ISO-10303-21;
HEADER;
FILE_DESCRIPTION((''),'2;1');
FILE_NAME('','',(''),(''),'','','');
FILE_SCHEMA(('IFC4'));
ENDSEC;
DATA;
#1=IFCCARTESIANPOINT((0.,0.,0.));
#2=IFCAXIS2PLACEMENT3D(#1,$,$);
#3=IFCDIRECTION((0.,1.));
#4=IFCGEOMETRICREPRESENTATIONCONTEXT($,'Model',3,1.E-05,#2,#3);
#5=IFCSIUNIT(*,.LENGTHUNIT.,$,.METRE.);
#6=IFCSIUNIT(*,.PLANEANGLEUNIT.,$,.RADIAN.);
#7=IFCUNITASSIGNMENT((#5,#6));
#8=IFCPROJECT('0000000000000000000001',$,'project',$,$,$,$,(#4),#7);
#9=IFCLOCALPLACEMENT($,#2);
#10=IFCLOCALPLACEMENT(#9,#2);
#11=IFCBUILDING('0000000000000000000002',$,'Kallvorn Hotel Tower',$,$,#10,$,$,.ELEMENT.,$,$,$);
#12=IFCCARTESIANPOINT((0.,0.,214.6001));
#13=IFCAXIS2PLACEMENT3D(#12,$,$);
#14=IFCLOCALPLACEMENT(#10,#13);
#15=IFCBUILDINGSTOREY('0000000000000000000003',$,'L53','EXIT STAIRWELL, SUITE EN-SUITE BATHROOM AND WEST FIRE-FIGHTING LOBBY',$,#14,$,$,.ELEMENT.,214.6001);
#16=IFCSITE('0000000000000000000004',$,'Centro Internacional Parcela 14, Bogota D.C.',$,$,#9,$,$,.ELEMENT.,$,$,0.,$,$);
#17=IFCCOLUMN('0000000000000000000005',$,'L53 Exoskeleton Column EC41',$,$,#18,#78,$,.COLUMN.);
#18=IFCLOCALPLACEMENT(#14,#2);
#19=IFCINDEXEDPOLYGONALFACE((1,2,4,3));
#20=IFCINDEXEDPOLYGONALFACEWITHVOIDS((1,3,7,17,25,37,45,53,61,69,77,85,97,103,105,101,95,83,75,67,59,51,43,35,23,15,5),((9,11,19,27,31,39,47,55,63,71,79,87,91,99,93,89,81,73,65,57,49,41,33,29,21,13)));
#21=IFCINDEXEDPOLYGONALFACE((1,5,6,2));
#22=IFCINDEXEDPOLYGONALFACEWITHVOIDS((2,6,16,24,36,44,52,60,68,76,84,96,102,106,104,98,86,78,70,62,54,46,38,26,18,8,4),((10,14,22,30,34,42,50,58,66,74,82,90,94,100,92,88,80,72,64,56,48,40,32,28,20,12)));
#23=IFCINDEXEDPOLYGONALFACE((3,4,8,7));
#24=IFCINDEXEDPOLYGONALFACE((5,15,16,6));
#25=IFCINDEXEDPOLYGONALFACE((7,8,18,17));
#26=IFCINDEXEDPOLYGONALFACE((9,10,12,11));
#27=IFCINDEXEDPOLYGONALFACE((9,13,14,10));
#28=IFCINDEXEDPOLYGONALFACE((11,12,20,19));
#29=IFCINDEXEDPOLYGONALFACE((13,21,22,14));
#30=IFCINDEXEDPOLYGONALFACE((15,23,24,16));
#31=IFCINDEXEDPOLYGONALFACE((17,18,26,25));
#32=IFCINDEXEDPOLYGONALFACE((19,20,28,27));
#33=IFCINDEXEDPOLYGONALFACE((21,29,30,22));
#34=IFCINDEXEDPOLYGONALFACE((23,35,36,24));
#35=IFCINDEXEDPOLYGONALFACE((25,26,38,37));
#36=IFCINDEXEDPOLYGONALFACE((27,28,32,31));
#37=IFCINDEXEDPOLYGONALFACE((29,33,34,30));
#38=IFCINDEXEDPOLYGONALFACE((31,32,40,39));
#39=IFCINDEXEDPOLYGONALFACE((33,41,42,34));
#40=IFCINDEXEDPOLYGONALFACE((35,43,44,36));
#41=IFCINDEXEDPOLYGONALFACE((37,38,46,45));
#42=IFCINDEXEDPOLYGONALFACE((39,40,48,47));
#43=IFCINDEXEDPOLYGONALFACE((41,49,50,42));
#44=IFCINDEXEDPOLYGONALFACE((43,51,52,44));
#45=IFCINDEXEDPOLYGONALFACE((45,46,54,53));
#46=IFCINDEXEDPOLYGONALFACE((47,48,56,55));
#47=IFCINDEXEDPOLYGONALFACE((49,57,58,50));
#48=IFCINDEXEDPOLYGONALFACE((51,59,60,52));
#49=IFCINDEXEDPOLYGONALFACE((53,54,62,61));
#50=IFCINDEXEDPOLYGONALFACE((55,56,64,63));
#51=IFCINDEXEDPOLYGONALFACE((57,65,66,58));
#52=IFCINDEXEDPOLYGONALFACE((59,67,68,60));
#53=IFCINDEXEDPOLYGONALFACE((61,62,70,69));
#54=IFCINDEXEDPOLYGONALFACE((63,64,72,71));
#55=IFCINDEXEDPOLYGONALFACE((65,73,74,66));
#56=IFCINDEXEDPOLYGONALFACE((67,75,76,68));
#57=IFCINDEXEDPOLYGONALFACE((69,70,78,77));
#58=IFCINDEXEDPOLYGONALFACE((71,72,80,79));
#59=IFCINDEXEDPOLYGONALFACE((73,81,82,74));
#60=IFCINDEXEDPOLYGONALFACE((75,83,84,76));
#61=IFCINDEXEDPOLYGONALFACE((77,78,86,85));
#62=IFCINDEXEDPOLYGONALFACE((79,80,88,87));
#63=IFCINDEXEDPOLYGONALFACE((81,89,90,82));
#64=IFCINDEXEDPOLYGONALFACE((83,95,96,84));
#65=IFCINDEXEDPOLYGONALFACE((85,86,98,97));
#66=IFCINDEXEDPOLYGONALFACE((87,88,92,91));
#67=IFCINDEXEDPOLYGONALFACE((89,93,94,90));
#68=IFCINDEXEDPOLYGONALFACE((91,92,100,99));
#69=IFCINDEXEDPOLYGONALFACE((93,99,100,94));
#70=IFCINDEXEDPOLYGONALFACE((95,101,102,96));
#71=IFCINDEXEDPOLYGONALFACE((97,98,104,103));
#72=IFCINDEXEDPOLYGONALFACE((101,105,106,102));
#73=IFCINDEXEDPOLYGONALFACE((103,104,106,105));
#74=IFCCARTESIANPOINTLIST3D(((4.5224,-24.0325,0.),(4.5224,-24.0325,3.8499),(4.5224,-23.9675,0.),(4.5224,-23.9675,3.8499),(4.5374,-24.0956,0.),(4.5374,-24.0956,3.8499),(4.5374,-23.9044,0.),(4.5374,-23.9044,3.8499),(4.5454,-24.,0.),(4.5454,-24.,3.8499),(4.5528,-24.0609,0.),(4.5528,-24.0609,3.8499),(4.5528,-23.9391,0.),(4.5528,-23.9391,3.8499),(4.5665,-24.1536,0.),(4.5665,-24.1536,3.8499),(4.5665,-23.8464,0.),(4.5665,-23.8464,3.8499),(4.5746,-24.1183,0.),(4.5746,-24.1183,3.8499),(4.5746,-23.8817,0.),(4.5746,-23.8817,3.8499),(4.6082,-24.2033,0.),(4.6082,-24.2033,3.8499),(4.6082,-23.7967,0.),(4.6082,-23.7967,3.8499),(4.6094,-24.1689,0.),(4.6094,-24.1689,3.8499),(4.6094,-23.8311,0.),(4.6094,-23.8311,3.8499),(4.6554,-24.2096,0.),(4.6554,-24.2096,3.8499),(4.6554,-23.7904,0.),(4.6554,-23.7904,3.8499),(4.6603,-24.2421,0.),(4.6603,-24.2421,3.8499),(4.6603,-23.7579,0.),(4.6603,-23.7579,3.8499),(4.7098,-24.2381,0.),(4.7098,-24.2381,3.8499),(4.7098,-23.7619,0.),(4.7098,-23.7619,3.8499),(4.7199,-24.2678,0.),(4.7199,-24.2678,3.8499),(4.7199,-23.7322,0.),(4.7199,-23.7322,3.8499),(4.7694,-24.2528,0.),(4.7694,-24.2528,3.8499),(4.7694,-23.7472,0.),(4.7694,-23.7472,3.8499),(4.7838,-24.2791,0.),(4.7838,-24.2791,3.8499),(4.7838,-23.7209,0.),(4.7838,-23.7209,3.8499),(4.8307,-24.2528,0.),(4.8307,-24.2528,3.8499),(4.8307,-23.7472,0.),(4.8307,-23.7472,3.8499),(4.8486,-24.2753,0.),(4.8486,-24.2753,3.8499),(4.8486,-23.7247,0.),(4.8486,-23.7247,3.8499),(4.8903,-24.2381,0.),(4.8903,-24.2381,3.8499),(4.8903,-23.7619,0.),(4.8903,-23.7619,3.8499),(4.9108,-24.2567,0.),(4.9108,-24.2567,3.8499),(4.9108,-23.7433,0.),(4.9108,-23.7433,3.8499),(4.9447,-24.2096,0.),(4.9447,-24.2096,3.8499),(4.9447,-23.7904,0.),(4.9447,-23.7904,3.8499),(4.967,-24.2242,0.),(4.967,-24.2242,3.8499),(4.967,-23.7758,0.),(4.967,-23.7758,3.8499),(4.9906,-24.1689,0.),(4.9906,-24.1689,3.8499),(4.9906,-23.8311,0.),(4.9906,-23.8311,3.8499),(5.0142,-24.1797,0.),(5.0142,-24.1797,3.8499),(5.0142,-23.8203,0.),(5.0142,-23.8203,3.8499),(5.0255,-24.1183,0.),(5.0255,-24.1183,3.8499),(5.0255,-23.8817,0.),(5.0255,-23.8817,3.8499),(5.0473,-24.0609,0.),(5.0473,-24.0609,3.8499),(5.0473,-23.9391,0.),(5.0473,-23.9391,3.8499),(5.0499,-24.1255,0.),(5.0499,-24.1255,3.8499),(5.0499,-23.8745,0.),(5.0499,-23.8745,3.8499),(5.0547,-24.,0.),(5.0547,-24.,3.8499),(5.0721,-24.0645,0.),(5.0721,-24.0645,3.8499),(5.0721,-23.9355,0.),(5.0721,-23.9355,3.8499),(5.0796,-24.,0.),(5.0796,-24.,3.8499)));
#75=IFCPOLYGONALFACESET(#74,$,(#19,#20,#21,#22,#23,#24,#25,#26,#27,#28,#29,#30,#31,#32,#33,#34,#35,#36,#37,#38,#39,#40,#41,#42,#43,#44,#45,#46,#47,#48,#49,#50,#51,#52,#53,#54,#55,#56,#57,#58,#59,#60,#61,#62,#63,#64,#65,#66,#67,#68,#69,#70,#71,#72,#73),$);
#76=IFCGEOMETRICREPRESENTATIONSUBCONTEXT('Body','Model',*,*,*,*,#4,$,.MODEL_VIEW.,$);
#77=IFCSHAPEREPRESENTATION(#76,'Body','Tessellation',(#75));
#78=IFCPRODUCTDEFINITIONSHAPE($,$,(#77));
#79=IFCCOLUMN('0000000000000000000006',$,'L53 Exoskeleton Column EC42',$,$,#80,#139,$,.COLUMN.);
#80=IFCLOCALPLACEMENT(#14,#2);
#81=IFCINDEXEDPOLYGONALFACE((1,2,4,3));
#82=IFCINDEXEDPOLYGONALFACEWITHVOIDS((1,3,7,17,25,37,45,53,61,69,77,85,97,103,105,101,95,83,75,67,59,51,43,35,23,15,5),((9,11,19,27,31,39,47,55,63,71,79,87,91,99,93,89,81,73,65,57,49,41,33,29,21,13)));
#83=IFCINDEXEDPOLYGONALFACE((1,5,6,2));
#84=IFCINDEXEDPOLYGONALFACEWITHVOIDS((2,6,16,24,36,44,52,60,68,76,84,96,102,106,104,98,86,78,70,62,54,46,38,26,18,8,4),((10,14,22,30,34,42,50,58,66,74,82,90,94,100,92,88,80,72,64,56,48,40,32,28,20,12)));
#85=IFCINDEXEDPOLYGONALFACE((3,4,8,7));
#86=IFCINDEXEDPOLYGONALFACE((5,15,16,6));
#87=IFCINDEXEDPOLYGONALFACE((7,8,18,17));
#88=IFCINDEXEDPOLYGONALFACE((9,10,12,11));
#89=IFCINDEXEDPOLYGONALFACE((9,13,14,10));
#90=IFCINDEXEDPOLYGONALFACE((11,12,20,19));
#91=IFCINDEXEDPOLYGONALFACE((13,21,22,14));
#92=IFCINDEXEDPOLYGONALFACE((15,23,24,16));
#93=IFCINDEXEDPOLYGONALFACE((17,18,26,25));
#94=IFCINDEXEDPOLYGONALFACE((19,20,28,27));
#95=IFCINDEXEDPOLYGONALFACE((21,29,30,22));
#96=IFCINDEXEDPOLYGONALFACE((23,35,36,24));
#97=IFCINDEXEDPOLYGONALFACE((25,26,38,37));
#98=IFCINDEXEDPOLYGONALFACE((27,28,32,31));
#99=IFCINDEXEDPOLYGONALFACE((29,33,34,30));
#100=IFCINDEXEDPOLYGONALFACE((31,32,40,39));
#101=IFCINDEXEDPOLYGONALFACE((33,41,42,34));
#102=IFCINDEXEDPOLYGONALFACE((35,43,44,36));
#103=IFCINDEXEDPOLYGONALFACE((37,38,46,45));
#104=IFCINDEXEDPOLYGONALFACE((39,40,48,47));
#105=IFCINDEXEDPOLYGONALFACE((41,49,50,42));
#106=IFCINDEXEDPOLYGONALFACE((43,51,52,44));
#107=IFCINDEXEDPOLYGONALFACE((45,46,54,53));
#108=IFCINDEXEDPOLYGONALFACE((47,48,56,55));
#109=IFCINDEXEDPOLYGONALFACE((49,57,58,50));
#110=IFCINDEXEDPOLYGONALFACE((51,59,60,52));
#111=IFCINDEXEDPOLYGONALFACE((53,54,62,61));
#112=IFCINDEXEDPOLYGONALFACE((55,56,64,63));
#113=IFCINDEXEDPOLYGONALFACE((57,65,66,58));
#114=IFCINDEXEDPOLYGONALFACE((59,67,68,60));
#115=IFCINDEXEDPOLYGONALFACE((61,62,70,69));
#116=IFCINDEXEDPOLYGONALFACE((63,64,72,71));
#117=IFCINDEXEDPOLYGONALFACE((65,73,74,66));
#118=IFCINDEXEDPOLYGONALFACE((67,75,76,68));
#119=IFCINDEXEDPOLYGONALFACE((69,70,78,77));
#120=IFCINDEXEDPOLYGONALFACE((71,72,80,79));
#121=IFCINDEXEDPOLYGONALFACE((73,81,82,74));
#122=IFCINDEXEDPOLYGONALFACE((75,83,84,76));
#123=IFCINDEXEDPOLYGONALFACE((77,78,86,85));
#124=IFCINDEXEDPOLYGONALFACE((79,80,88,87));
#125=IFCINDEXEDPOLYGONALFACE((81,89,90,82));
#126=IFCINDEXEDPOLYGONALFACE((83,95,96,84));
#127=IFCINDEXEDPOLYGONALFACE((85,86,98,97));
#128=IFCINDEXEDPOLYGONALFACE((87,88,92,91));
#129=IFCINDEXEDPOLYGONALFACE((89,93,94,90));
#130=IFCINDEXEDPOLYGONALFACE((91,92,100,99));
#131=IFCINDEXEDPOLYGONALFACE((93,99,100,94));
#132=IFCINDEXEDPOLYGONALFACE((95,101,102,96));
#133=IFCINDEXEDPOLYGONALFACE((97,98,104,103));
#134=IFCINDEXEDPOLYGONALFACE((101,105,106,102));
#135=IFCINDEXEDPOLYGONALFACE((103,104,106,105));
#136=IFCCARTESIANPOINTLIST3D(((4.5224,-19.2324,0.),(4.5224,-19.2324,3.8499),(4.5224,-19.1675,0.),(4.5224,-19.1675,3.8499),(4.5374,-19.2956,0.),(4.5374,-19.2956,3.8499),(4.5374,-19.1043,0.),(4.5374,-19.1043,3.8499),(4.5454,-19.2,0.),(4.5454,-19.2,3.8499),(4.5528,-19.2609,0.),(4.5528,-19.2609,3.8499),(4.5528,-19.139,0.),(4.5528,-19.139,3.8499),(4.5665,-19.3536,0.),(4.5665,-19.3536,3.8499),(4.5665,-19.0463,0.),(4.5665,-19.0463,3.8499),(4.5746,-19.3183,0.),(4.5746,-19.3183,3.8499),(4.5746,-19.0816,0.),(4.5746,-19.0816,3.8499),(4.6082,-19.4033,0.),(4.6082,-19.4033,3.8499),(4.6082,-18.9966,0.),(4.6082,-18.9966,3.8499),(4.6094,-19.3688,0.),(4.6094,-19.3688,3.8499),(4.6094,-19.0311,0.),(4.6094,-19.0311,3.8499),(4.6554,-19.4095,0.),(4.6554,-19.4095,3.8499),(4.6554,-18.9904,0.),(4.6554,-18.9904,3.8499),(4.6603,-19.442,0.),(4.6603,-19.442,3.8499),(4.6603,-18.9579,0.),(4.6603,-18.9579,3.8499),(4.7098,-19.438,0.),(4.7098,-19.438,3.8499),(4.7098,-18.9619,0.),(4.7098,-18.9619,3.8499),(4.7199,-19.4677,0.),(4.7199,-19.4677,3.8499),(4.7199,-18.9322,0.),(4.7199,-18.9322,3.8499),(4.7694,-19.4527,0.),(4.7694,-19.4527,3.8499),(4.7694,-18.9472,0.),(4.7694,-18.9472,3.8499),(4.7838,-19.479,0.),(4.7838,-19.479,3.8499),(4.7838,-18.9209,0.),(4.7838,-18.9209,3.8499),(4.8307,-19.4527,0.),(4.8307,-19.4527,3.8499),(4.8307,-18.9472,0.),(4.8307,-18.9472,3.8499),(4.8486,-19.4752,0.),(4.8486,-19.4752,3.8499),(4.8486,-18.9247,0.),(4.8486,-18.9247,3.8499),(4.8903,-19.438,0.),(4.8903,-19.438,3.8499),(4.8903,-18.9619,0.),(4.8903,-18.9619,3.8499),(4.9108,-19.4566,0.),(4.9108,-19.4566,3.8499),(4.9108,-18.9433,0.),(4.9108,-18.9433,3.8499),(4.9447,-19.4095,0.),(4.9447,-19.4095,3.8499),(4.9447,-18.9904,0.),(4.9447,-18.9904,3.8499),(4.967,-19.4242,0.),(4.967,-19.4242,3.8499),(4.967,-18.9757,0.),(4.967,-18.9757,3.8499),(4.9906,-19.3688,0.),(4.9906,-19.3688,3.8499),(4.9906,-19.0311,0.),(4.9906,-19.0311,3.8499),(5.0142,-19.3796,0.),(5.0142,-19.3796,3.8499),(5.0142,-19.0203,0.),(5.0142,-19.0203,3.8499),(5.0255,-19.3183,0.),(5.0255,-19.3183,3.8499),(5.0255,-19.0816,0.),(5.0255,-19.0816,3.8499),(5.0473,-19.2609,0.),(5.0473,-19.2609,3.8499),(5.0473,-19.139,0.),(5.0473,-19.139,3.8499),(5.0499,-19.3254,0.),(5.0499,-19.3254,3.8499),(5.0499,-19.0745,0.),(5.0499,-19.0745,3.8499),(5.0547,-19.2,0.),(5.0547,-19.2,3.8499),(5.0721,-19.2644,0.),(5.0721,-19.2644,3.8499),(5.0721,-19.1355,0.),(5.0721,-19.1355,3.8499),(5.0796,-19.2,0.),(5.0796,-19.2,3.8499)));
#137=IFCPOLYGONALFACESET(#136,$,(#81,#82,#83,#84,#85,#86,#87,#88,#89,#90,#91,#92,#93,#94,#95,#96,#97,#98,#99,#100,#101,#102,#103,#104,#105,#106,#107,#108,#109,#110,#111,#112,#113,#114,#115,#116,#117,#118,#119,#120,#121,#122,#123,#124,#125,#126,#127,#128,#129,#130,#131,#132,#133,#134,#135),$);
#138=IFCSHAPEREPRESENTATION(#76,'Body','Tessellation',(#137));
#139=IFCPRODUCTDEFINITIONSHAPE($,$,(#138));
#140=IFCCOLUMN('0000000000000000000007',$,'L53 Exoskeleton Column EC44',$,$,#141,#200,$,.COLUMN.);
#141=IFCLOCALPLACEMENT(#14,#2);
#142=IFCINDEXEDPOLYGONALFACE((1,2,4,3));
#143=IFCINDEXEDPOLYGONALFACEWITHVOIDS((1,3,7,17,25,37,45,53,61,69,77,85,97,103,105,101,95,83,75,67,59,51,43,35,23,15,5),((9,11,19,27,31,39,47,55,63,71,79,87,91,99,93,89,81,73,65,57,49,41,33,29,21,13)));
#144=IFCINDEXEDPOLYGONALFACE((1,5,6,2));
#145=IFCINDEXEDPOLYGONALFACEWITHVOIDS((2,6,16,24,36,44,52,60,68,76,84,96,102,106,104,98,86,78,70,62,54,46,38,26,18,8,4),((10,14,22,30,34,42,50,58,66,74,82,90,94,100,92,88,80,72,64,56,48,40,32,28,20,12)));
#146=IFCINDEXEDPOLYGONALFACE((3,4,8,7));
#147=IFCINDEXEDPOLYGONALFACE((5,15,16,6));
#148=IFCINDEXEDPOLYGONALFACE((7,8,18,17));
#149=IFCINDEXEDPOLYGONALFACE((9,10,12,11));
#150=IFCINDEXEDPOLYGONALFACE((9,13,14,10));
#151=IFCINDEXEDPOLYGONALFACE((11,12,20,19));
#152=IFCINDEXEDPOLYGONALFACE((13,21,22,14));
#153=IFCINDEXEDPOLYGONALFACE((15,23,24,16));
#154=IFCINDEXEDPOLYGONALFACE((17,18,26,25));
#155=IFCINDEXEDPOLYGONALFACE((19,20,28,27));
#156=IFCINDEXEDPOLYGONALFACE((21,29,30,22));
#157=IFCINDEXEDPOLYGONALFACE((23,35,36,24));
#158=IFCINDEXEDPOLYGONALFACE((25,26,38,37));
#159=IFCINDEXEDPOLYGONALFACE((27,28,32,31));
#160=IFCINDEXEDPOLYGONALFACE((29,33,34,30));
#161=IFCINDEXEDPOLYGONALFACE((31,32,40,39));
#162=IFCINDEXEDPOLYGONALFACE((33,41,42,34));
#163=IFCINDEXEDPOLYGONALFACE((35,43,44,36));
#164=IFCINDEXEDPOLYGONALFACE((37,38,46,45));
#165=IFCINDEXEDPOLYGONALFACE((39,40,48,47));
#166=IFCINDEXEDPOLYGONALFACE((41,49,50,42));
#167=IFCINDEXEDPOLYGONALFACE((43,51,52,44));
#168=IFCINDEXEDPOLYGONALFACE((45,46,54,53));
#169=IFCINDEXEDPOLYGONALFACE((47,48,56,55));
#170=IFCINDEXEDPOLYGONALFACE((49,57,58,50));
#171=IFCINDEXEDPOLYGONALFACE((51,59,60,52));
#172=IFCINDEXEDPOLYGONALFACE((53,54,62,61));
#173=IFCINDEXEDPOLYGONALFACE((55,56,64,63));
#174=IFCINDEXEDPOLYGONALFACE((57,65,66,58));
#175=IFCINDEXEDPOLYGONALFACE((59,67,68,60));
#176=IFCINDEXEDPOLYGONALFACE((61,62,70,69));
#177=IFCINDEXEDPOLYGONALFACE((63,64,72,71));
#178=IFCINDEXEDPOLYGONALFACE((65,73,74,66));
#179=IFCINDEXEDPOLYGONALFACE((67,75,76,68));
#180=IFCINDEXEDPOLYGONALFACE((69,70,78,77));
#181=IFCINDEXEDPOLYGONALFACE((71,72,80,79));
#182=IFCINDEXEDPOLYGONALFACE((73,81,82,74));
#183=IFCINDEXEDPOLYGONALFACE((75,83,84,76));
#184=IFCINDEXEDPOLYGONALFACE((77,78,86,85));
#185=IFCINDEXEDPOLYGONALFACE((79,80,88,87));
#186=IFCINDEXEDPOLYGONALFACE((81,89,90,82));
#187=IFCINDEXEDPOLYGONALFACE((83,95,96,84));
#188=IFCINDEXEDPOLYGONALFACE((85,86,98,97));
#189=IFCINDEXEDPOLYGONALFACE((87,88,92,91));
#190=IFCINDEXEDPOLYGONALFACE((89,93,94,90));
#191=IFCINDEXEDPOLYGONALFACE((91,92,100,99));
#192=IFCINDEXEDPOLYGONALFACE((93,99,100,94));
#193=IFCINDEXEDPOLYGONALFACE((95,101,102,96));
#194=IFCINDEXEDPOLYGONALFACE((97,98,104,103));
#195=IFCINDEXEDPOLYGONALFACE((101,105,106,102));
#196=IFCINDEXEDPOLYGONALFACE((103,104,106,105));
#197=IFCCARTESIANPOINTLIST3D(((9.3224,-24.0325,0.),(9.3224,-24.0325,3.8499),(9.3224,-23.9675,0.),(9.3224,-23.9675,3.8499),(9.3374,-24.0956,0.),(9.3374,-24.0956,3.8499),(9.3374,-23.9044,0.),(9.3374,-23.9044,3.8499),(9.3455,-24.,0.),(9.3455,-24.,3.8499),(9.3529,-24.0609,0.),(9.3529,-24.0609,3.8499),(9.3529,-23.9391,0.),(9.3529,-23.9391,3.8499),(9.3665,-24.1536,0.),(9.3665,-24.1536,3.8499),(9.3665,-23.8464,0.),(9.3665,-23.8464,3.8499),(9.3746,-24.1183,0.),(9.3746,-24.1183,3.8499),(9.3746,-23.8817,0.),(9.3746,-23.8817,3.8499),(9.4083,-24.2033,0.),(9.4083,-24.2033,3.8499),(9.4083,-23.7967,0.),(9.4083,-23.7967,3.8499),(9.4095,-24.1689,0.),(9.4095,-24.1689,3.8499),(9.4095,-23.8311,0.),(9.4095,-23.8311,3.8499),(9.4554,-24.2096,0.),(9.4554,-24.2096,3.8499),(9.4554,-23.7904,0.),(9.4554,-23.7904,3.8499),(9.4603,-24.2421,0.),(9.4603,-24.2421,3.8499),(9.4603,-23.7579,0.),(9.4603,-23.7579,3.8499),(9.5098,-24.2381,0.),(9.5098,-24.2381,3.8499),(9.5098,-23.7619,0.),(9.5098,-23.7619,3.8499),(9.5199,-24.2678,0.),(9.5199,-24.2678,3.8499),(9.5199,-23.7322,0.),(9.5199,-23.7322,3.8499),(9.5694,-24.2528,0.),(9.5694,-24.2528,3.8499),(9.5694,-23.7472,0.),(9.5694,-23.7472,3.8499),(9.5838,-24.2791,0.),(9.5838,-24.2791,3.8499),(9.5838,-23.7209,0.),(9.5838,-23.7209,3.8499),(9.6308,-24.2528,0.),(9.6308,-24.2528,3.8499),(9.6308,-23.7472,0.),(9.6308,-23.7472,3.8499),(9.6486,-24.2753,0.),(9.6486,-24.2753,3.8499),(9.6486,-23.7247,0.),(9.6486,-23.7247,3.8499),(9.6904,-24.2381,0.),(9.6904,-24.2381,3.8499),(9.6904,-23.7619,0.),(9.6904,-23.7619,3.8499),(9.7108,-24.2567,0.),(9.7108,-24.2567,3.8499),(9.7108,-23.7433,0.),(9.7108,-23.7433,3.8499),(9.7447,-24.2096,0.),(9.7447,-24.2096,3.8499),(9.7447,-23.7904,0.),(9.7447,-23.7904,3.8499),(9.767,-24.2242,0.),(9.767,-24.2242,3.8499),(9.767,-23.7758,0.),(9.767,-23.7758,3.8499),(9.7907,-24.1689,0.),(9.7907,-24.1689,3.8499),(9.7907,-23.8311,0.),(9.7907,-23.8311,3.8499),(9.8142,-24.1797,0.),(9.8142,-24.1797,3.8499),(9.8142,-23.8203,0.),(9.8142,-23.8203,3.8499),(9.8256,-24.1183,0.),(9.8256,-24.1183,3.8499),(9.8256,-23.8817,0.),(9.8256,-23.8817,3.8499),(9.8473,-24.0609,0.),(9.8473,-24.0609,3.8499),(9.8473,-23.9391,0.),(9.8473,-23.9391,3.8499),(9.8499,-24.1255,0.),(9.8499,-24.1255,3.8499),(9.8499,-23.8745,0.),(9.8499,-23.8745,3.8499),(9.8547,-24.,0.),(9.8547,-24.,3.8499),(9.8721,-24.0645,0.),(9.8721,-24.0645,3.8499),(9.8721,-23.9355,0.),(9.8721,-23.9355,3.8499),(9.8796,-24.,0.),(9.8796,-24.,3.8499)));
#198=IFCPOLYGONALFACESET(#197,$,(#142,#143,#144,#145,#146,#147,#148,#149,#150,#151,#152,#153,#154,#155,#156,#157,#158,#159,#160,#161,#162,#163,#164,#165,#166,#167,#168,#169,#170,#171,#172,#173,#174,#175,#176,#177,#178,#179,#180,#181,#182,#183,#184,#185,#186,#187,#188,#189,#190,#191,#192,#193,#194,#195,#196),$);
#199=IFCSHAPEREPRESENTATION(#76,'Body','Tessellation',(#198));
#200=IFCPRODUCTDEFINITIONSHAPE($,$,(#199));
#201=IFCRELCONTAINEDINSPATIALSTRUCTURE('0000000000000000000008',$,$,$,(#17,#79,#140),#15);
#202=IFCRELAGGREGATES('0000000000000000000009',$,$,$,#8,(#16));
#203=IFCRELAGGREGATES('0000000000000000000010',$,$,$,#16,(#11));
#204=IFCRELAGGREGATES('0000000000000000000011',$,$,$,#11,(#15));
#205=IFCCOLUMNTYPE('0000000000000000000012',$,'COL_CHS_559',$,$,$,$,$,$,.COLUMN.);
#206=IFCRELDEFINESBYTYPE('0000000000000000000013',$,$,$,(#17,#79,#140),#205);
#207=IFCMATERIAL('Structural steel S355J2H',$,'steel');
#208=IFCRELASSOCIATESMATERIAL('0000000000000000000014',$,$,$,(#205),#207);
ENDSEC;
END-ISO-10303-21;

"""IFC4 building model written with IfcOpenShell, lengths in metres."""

from ifc_helpers import new_model, si_unit, direction, frame, origin, origin_2d, place, context, subcontext, project, spatial, hollow_circle, extrude, material, material_profile, profile_set, type_object, element, save


model = new_model("IFC4")

# Units and contexts
model_context = context("Model", 3, precision=1e-05, world=origin(), true_north=direction((0.0, 1.0)))
body_context = subcontext(model_context, "Body", "Model", "MODEL_VIEW")
ifc_project = project(units=[si_unit("LENGTHUNIT", "METRE"), si_unit("PLANEANGLEUNIT", "RADIAN")], contexts=[model_context])

# Site, building, storey
site_placement = place(None, origin())
site = spatial("IfcSite", under=ifc_project, at=site_placement, Name="Centro Internacional Parcela 14, Bogota D.C.", CompositionType="ELEMENT", RefElevation=0.0)
building_placement = place(site_placement, origin())
building = spatial("IfcBuilding", under=site, at=building_placement, Name="Kallvorn Hotel Tower", CompositionType="ELEMENT")
storey_placement = place(building_placement, frame((0.0, 0.0, 214.6001)))
storey = spatial("IfcBuildingStorey", under=building, at=storey_placement, Name="L53", Description="EXIT STAIRWELL, SUITE EN-SUITE BATHROOM AND WEST FIRE-FIGHTING LOBBY", CompositionType="ELEMENT", Elevation=214.6001)

# Columns
ifc_material_1 = material(Name="Structural steel S355J2H", Category="steel")
ifc_material_profile_1 = material_profile(ifc_material_1, hollow_circle(Radius=0.2795, WallThickness=0.0249, at=origin_2d()), Name="CHS 559x25")
ifc_profile_set_1 = profile_set([ifc_material_profile_1], Name="Structural steel S355J2H")
column_type_1 = type_object("IfcColumnType", Name="COL_CHS_559", PredefinedType="COLUMN", material=ifc_profile_set_1)
for number, where, z_axis, x_axis, name in (
    (1, (4.8, -24.0, 0.0), (0.0, 0.0, 1.0), (1.0, 0.0, 0.0), "L53 Exoskeleton Column EC41"),
    (2, (4.8, -19.2, 0.0), (0.0, 0.0, 1.0), (1.0, 0.0, 0.0), "L53 Exoskeleton Column EC42"),
    (3, (9.6001, -24.0, 0.0), (0.0, 0.0, 1.0), (1.0, 0.0, 0.0), "L53 Exoskeleton Column EC44"),
):
    element("IfcColumn", number, at=place(storey_placement, frame(where, z_axis=z_axis, x_axis=x_axis)), inside=storey, type_object=column_type_1, Name=name, PredefinedType="COLUMN", context=body_context, shape_type="SweptSolid", body=[
        extrude(hollow_circle(Radius=0.2795, WallThickness=0.0249, at=origin_2d()), origin(), (0.0, 0.0, 1.0), 3.8499),
    ])

save(model, "model.ifc")
